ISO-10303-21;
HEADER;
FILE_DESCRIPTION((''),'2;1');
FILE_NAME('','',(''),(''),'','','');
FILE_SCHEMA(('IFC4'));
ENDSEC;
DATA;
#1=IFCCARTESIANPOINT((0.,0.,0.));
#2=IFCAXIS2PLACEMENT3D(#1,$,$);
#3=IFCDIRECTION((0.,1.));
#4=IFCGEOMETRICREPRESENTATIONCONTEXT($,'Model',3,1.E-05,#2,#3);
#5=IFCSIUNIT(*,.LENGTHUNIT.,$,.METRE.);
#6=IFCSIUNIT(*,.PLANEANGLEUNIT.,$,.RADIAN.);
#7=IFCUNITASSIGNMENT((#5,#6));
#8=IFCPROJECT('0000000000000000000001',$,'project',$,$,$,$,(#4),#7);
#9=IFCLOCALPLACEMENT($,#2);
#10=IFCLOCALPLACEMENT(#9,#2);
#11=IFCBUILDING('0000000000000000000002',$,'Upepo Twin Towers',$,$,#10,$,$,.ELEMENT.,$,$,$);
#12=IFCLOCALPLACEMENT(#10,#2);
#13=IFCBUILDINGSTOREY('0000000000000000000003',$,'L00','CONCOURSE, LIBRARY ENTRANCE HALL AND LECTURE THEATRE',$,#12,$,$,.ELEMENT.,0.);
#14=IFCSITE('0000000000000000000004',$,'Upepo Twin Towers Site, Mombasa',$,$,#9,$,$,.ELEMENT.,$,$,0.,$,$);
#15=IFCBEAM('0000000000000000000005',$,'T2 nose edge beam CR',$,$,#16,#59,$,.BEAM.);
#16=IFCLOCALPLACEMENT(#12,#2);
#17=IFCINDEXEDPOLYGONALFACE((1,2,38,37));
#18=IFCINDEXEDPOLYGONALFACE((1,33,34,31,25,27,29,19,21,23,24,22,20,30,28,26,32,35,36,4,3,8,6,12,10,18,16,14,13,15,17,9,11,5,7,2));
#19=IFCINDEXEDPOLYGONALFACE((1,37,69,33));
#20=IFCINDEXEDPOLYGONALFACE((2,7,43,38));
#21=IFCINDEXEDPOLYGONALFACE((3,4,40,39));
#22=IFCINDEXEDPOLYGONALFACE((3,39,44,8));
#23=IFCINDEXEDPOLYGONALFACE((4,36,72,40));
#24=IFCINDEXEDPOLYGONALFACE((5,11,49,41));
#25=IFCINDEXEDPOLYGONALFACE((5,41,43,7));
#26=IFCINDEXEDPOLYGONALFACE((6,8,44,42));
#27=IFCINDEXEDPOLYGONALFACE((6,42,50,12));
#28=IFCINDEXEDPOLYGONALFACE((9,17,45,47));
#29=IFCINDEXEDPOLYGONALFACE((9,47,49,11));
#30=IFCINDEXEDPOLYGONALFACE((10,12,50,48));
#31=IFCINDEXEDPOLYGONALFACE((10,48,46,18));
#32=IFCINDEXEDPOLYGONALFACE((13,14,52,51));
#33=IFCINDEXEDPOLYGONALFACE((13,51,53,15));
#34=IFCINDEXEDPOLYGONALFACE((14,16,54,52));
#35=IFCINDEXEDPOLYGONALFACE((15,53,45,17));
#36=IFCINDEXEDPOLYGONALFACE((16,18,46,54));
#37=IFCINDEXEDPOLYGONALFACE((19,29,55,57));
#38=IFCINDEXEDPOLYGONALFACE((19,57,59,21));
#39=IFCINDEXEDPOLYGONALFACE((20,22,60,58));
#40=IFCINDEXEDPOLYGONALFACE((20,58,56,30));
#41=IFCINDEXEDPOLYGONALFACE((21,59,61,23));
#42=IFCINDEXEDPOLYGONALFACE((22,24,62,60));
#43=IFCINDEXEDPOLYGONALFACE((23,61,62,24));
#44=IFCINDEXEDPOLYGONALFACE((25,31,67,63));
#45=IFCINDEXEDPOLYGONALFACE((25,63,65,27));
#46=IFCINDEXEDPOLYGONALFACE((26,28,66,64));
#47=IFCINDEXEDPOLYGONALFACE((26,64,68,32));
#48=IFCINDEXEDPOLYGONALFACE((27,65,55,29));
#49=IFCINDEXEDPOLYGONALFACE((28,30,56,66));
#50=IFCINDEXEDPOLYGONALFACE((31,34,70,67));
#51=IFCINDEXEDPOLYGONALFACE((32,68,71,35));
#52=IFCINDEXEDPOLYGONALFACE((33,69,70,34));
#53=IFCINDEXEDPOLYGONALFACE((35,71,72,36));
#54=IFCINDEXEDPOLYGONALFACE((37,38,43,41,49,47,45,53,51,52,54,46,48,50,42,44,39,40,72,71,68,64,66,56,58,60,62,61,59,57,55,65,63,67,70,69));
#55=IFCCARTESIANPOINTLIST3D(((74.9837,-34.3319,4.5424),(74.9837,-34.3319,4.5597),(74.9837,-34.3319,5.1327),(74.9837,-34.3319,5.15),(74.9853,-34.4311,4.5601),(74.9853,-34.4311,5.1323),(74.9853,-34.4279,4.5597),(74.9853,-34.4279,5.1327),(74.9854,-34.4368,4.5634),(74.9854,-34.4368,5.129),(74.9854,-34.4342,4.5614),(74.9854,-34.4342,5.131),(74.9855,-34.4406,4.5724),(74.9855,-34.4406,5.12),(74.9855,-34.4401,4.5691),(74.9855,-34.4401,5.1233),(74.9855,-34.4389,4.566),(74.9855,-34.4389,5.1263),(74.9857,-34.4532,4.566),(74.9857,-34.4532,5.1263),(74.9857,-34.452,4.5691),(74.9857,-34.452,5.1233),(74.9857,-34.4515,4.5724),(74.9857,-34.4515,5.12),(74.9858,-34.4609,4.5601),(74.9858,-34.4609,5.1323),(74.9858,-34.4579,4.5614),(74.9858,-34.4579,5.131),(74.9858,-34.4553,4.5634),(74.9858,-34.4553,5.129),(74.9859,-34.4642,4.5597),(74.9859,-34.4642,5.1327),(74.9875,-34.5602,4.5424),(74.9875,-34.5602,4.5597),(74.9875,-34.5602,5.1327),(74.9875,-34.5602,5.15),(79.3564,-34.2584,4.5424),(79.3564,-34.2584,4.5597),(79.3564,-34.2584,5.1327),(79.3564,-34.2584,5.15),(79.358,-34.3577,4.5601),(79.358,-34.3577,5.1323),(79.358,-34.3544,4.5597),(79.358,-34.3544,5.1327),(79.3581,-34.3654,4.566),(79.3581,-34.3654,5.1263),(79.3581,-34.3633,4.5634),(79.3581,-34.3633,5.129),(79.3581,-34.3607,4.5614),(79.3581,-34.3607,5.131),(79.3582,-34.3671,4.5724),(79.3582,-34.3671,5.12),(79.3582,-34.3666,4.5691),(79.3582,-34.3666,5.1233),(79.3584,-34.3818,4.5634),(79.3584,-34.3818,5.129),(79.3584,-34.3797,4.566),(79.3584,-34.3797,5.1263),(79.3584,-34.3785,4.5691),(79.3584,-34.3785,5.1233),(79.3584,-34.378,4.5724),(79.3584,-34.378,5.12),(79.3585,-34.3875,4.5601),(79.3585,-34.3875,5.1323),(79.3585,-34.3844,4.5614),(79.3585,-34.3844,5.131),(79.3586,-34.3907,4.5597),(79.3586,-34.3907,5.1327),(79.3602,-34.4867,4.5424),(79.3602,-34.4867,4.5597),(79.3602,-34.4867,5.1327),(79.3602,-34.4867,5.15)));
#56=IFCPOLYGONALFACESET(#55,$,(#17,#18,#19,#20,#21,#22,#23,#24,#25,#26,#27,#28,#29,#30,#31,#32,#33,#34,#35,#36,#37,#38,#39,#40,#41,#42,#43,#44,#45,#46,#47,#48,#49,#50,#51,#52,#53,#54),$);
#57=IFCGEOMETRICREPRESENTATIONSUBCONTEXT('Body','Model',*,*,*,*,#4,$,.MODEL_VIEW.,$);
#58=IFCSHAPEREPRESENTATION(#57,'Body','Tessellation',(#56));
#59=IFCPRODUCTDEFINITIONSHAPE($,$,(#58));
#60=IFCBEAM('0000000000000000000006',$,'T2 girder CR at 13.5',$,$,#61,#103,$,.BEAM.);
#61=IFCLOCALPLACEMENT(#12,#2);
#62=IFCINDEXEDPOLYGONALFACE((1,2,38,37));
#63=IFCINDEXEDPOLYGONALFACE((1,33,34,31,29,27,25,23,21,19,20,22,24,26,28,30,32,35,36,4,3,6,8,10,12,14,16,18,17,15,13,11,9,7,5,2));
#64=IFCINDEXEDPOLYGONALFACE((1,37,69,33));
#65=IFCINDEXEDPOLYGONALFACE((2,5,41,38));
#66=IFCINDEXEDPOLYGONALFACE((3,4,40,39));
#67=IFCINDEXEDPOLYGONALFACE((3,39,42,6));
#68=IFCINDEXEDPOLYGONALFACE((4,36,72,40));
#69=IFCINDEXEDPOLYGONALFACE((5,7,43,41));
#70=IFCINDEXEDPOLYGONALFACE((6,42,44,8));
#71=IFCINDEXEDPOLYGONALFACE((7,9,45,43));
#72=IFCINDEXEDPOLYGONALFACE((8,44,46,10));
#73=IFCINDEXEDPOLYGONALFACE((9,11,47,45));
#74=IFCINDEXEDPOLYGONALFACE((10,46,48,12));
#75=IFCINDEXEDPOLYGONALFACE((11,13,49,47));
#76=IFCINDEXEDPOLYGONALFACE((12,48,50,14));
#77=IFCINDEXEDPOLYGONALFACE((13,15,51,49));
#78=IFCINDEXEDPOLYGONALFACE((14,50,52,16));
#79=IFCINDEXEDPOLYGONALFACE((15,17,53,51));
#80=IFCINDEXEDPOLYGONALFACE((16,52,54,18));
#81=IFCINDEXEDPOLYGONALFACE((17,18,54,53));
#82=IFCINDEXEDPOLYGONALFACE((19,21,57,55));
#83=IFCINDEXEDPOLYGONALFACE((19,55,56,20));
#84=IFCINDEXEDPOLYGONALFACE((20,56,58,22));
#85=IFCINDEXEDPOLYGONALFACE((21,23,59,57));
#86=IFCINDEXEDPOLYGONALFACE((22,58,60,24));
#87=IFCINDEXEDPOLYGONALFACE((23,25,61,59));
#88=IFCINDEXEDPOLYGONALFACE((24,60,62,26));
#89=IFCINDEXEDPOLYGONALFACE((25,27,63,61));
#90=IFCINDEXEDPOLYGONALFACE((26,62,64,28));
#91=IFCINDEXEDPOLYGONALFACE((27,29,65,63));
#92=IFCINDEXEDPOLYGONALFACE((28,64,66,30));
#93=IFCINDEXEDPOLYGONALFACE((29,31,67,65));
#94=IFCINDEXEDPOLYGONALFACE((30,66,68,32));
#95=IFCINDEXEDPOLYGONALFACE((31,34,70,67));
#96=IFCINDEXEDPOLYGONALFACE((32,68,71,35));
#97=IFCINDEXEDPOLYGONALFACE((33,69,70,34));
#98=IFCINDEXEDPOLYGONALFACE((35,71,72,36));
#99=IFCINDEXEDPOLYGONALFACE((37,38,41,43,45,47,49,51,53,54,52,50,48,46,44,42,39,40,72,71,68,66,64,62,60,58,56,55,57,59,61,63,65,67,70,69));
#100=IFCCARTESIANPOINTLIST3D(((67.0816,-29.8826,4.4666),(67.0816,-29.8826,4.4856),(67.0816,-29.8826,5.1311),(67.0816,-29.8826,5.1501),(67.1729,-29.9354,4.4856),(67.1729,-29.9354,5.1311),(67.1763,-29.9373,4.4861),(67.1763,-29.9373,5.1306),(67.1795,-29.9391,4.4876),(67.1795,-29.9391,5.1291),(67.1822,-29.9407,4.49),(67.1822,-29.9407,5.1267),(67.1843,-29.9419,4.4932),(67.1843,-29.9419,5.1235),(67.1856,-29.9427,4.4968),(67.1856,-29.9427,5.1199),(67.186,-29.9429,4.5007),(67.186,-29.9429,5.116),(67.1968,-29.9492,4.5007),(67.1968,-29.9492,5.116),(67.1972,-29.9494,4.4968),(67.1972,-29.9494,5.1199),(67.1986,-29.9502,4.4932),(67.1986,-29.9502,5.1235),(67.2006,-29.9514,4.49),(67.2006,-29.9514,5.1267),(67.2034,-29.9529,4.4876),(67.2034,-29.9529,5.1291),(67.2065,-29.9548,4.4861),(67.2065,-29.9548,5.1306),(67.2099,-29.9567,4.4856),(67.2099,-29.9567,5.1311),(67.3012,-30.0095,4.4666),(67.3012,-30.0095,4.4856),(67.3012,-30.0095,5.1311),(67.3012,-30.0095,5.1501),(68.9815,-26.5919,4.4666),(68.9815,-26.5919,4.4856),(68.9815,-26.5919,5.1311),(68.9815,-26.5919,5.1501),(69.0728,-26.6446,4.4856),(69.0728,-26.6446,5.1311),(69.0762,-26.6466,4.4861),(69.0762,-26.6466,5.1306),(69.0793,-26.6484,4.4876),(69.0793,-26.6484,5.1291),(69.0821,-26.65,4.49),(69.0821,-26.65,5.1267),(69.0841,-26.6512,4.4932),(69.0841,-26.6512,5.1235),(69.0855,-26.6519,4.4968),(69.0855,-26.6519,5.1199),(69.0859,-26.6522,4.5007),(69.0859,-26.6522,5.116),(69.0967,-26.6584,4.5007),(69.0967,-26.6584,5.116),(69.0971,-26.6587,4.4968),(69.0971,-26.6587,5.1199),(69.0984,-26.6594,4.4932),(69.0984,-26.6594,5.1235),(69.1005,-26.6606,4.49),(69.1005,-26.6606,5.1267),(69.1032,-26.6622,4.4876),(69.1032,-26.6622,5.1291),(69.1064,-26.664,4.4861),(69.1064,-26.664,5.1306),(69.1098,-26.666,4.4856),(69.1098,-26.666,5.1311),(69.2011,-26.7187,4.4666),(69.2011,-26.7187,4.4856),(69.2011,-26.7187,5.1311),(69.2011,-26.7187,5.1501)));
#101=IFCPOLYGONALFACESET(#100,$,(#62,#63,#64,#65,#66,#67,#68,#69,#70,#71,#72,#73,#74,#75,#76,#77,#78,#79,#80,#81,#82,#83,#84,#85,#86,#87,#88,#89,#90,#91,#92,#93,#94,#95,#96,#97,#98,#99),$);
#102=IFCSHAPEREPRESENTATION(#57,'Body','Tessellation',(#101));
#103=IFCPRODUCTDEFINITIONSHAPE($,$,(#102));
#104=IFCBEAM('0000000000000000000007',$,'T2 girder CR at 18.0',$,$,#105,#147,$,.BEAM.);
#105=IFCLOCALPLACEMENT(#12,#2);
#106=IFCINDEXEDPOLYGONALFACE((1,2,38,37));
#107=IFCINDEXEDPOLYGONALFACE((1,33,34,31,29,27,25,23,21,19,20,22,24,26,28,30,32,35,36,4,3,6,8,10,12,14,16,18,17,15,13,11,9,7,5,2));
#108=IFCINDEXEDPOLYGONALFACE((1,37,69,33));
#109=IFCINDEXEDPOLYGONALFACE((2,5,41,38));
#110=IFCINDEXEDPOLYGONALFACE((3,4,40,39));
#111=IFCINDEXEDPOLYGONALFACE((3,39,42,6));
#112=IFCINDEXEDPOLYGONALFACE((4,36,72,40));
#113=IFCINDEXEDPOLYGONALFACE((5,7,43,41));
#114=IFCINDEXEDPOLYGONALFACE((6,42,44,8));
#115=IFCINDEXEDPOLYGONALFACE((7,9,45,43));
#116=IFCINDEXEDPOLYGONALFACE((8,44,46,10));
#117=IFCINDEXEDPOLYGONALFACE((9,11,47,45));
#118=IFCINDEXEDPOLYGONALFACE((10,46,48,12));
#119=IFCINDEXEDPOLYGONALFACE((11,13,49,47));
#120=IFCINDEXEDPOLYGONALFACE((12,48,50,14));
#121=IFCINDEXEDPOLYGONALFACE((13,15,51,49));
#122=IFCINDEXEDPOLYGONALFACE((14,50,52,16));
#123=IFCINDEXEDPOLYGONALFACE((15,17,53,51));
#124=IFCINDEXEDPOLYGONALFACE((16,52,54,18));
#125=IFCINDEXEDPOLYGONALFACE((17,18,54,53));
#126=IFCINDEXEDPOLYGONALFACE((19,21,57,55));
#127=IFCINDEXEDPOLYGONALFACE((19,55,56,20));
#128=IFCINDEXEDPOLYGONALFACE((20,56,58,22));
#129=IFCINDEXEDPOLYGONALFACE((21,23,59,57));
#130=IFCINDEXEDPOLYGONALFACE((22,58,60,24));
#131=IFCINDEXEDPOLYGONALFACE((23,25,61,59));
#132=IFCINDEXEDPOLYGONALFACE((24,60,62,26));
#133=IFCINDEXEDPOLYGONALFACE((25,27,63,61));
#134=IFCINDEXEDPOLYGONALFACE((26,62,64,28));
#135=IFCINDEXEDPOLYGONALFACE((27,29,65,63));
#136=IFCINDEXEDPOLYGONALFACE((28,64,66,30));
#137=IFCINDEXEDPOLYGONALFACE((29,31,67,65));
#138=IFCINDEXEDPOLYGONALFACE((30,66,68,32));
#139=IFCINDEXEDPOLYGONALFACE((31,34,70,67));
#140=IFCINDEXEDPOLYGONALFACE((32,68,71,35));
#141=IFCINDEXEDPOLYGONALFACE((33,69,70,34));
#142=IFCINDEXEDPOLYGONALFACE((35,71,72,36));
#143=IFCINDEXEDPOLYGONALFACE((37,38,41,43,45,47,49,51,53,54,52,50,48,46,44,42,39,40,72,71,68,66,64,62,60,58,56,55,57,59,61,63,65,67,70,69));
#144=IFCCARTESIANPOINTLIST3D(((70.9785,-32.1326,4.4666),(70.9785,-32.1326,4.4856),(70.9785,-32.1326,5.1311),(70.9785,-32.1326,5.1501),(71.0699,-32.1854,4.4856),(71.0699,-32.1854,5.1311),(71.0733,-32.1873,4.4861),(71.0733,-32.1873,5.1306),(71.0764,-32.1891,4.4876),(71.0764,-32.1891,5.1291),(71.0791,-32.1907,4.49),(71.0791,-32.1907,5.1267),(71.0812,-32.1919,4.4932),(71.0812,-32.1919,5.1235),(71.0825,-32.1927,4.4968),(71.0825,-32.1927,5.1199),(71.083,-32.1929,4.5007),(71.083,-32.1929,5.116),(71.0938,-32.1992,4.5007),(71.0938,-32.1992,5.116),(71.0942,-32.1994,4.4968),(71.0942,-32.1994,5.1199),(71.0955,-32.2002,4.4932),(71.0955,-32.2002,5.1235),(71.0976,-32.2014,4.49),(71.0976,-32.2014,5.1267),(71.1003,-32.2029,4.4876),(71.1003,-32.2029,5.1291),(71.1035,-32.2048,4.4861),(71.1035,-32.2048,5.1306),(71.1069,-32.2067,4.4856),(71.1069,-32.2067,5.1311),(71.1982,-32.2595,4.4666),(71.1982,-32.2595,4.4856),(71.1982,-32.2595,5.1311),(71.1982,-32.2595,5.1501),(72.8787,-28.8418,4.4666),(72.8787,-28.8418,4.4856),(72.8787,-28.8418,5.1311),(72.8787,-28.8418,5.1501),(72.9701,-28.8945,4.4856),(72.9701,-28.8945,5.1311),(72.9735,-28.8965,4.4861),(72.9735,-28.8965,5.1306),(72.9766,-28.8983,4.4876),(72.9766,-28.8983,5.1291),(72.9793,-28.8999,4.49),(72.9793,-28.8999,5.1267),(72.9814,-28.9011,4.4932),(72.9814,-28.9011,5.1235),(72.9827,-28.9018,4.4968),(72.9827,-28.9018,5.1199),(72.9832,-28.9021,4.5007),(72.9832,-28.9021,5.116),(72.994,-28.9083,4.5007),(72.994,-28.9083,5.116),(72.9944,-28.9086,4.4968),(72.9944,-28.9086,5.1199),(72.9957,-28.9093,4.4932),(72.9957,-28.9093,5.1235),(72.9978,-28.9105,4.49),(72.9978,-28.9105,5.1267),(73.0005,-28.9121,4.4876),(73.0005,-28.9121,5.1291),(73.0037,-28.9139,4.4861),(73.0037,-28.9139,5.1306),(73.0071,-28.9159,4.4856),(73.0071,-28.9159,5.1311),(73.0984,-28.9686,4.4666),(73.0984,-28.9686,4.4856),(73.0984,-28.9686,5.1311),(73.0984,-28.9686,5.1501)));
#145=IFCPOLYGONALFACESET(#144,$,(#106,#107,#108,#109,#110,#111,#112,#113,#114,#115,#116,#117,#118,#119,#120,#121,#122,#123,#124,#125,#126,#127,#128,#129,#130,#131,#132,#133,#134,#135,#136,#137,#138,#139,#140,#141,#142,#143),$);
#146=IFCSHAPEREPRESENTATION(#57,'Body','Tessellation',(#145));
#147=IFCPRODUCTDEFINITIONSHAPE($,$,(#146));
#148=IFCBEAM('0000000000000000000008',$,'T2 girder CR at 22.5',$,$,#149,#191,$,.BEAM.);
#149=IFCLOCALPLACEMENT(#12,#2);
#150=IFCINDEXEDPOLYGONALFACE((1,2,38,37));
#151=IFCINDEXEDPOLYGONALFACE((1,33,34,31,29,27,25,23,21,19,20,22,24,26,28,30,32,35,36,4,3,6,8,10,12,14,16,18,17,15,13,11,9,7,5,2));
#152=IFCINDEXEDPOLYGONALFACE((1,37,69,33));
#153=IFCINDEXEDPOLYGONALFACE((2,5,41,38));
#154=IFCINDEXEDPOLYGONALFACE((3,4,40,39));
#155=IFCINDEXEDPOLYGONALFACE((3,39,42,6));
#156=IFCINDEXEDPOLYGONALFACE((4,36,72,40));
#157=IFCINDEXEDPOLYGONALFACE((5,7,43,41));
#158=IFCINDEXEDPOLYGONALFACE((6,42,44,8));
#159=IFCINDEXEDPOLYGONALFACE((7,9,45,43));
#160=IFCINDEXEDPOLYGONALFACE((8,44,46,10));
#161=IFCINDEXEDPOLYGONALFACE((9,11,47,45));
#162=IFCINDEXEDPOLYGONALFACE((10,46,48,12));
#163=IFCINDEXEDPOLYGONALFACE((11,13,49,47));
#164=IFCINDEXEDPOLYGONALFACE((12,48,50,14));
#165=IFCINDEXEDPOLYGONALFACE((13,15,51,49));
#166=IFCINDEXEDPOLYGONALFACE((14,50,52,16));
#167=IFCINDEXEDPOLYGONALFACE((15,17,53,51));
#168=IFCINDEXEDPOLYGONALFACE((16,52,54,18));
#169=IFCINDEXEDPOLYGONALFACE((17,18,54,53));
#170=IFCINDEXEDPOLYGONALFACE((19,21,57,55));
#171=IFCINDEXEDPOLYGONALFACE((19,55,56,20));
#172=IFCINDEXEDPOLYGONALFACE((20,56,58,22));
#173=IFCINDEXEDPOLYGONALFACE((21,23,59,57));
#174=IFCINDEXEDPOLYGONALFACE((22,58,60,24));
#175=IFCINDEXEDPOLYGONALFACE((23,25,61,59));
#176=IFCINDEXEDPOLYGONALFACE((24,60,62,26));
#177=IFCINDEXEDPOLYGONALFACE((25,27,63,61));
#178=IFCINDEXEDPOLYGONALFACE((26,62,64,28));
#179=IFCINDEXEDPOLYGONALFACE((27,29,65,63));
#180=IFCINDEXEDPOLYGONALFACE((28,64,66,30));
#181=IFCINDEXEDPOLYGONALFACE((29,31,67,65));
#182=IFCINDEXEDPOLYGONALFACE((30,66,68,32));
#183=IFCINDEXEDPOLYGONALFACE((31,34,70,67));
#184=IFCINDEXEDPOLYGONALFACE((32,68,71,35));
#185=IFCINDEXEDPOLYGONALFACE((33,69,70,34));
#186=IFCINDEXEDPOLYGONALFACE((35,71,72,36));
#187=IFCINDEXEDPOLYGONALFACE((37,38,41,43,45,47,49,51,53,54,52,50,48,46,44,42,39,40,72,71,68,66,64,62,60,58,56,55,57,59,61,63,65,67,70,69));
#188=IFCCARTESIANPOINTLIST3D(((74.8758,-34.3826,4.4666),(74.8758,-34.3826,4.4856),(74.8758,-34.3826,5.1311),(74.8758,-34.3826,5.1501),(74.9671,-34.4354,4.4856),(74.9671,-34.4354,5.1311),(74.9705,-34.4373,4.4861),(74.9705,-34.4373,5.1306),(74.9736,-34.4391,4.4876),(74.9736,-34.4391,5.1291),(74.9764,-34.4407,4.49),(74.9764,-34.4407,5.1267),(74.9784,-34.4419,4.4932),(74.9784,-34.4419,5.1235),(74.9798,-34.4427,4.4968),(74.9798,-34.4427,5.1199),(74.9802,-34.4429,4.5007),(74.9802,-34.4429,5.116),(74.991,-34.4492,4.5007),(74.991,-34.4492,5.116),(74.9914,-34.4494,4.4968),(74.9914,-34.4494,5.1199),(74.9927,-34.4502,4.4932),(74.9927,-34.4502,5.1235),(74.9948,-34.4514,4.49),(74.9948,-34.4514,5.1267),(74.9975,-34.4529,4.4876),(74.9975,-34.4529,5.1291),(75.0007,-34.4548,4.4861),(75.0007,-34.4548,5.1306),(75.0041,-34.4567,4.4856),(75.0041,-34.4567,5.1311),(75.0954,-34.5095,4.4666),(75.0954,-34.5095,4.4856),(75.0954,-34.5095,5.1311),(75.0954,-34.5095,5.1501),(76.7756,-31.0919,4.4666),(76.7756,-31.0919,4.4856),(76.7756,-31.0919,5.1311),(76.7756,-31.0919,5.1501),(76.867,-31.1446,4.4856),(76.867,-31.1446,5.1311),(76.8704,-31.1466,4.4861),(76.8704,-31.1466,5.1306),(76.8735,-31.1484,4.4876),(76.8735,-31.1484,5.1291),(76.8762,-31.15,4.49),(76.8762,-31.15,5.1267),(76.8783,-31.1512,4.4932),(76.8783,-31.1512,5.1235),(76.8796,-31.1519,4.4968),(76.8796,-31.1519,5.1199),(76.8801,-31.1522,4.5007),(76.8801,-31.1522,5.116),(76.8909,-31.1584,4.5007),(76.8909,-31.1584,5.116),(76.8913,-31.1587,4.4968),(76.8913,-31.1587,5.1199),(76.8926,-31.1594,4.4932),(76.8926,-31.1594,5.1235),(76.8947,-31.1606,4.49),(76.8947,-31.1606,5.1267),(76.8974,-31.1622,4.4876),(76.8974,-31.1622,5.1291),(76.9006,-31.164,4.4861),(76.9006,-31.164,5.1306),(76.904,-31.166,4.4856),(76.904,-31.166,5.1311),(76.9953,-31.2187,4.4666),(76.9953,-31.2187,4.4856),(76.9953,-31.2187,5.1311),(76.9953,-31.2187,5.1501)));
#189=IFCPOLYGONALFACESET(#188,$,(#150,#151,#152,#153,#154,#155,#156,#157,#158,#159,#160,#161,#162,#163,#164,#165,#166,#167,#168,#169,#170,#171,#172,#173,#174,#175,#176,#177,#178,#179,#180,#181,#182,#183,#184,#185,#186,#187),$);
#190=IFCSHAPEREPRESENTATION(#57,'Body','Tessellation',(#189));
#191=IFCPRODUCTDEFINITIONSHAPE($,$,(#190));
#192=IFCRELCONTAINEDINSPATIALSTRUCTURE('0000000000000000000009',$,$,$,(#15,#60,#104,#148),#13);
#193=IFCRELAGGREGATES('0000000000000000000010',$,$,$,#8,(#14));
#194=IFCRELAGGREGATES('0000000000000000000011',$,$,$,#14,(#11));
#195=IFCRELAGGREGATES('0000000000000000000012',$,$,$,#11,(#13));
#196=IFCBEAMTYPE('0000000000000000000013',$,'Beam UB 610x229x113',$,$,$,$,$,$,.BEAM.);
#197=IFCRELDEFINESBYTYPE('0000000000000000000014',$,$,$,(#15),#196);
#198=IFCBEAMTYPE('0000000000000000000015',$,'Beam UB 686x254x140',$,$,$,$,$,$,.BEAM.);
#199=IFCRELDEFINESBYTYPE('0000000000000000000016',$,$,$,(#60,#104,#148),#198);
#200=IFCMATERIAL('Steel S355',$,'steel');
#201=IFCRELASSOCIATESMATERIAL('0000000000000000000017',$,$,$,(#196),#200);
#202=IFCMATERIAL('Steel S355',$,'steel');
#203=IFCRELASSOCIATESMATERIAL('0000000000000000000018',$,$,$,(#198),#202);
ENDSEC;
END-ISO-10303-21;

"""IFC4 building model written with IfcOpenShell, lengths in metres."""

from ifc_helpers import new_model, si_unit, direction, frame, origin, origin_2d, place, context, subcontext, project, spatial, i_section, extrude, material, material_profile, profile_set, type_object, element, save


model = new_model("IFC4")

# Units and contexts
model_context = context("Model", 3, precision=1e-05, world=origin(), true_north=direction((0.0, 1.0)))
body_context = subcontext(model_context, "Body", "Model", "MODEL_VIEW")
ifc_project = project(units=[si_unit("LENGTHUNIT", "METRE"), si_unit("PLANEANGLEUNIT", "RADIAN")], contexts=[model_context])

# Site, building, storey
site_placement = place(None, origin())
site = spatial("IfcSite", under=ifc_project, at=site_placement, Name="Upepo Twin Towers Site, Mombasa", CompositionType="ELEMENT", RefElevation=0.0)
building_placement = place(site_placement, origin())
building = spatial("IfcBuilding", under=site, at=building_placement, Name="Upepo Twin Towers", CompositionType="ELEMENT")
storey_placement = place(building_placement, origin())
storey = spatial("IfcBuildingStorey", under=building, at=storey_placement, Name="L00", Description="CONCOURSE, LIBRARY ENTRANCE HALL AND LECTURE THEATRE", CompositionType="ELEMENT", Elevation=0.0)

# Beams
ifc_material_1 = material(Name="Steel S355", Category="steel")
ifc_material_profile_1 = material_profile(ifc_material_1, i_section(OverallWidth=0.2283, OverallDepth=0.6077, WebThickness=0.011, FlangeThickness=0.0173, FilletRadius=0.0127, at=origin_2d()), Name="UB 610x229x113")
ifc_profile_set_1 = profile_set([ifc_material_profile_1], Name="Steel S355")
beam_type_1 = type_object("IfcBeamType", Name="Beam UB 610x229x113", PredefinedType="BEAM", material=ifc_profile_set_1)
beam_1_placement = place(storey_placement, frame((74.9856, -34.446, 4.8462), z_axis=(0.999859, 0.016804, 0.0), x_axis=(-0.016804, 0.999859, 0.0)))
element("IfcBeam", 1, at=beam_1_placement, inside=storey, type_object=beam_type_1, Name="T2 nose edge beam CR", PredefinedType="BEAM", context=body_context, shape_type="SweptSolid", body=[
    extrude(i_section(OverallWidth=0.2283, OverallDepth=0.6077, WebThickness=0.011, FlangeThickness=0.0173, FilletRadius=0.0127, at=origin_2d()), origin(), (0.0, 0.0, 1.0), 4.3733),
])
ifc_material_2 = material(Name="Steel S355", Category="steel")
ifc_material_profile_2 = material_profile(ifc_material_2, i_section(OverallWidth=0.2537, OverallDepth=0.6836, WebThickness=0.0125, FlangeThickness=0.019, FilletRadius=0.0151, at=origin_2d()), Name="UB 686x254x140")
ifc_profile_set_2 = profile_set([ifc_material_profile_2], Name="Steel S355")
beam_type_2 = type_object("IfcBeamType", Name="Beam UB 686x254x140", PredefinedType="BEAM", material=ifc_profile_set_2)
beam_2_placement = place(storey_placement, frame((67.1914, -29.946, 4.8083), z_axis=(0.499995, 0.866028, 0.0), x_axis=(-0.866028, 0.499995, 0.0)))
element("IfcBeam", 2, at=beam_2_placement, inside=storey, type_object=beam_type_2, Name="T2 girder CR at 13.5", PredefinedType="BEAM", context=body_context, shape_type="SweptSolid", body=[
    extrude(i_section(OverallWidth=0.2537, OverallDepth=0.6836, WebThickness=0.0125, FlangeThickness=0.019, FilletRadius=0.0151, at=origin_2d()), origin(), (0.0, 0.0, 1.0), 3.7998),
])
beam_3_placement = place(storey_placement, frame((71.0884, -32.196, 4.8083), z_axis=(0.500043, 0.866, 0.0), x_axis=(-0.866, 0.500043, 0.0)))
element("IfcBeam", 3, at=beam_3_placement, inside=storey, type_object=beam_type_2, Name="T2 girder CR at 18.0", PredefinedType="BEAM", context=body_context, shape_type="SweptSolid", body=[
    extrude(i_section(OverallWidth=0.2537, OverallDepth=0.6836, WebThickness=0.0125, FlangeThickness=0.019, FilletRadius=0.0151, at=origin_2d()), origin(), (0.0, 0.0, 1.0), 3.8),
])
beam_4_placement = place(storey_placement, frame((74.9856, -34.446, 4.8083), z_axis=(0.499995, 0.866028, 0.0), x_axis=(-0.866028, 0.499995, 0.0)))
element("IfcBeam", 4, at=beam_4_placement, inside=storey, type_object=beam_type_2, Name="T2 girder CR at 22.5", PredefinedType="BEAM", context=body_context, shape_type="SweptSolid", body=[
    extrude(i_section(OverallWidth=0.2537, OverallDepth=0.6836, WebThickness=0.0125, FlangeThickness=0.019, FilletRadius=0.0151, at=origin_2d()), origin(), (0.0, 0.0, 1.0), 3.7998),
])

save(model, "model.ifc")
